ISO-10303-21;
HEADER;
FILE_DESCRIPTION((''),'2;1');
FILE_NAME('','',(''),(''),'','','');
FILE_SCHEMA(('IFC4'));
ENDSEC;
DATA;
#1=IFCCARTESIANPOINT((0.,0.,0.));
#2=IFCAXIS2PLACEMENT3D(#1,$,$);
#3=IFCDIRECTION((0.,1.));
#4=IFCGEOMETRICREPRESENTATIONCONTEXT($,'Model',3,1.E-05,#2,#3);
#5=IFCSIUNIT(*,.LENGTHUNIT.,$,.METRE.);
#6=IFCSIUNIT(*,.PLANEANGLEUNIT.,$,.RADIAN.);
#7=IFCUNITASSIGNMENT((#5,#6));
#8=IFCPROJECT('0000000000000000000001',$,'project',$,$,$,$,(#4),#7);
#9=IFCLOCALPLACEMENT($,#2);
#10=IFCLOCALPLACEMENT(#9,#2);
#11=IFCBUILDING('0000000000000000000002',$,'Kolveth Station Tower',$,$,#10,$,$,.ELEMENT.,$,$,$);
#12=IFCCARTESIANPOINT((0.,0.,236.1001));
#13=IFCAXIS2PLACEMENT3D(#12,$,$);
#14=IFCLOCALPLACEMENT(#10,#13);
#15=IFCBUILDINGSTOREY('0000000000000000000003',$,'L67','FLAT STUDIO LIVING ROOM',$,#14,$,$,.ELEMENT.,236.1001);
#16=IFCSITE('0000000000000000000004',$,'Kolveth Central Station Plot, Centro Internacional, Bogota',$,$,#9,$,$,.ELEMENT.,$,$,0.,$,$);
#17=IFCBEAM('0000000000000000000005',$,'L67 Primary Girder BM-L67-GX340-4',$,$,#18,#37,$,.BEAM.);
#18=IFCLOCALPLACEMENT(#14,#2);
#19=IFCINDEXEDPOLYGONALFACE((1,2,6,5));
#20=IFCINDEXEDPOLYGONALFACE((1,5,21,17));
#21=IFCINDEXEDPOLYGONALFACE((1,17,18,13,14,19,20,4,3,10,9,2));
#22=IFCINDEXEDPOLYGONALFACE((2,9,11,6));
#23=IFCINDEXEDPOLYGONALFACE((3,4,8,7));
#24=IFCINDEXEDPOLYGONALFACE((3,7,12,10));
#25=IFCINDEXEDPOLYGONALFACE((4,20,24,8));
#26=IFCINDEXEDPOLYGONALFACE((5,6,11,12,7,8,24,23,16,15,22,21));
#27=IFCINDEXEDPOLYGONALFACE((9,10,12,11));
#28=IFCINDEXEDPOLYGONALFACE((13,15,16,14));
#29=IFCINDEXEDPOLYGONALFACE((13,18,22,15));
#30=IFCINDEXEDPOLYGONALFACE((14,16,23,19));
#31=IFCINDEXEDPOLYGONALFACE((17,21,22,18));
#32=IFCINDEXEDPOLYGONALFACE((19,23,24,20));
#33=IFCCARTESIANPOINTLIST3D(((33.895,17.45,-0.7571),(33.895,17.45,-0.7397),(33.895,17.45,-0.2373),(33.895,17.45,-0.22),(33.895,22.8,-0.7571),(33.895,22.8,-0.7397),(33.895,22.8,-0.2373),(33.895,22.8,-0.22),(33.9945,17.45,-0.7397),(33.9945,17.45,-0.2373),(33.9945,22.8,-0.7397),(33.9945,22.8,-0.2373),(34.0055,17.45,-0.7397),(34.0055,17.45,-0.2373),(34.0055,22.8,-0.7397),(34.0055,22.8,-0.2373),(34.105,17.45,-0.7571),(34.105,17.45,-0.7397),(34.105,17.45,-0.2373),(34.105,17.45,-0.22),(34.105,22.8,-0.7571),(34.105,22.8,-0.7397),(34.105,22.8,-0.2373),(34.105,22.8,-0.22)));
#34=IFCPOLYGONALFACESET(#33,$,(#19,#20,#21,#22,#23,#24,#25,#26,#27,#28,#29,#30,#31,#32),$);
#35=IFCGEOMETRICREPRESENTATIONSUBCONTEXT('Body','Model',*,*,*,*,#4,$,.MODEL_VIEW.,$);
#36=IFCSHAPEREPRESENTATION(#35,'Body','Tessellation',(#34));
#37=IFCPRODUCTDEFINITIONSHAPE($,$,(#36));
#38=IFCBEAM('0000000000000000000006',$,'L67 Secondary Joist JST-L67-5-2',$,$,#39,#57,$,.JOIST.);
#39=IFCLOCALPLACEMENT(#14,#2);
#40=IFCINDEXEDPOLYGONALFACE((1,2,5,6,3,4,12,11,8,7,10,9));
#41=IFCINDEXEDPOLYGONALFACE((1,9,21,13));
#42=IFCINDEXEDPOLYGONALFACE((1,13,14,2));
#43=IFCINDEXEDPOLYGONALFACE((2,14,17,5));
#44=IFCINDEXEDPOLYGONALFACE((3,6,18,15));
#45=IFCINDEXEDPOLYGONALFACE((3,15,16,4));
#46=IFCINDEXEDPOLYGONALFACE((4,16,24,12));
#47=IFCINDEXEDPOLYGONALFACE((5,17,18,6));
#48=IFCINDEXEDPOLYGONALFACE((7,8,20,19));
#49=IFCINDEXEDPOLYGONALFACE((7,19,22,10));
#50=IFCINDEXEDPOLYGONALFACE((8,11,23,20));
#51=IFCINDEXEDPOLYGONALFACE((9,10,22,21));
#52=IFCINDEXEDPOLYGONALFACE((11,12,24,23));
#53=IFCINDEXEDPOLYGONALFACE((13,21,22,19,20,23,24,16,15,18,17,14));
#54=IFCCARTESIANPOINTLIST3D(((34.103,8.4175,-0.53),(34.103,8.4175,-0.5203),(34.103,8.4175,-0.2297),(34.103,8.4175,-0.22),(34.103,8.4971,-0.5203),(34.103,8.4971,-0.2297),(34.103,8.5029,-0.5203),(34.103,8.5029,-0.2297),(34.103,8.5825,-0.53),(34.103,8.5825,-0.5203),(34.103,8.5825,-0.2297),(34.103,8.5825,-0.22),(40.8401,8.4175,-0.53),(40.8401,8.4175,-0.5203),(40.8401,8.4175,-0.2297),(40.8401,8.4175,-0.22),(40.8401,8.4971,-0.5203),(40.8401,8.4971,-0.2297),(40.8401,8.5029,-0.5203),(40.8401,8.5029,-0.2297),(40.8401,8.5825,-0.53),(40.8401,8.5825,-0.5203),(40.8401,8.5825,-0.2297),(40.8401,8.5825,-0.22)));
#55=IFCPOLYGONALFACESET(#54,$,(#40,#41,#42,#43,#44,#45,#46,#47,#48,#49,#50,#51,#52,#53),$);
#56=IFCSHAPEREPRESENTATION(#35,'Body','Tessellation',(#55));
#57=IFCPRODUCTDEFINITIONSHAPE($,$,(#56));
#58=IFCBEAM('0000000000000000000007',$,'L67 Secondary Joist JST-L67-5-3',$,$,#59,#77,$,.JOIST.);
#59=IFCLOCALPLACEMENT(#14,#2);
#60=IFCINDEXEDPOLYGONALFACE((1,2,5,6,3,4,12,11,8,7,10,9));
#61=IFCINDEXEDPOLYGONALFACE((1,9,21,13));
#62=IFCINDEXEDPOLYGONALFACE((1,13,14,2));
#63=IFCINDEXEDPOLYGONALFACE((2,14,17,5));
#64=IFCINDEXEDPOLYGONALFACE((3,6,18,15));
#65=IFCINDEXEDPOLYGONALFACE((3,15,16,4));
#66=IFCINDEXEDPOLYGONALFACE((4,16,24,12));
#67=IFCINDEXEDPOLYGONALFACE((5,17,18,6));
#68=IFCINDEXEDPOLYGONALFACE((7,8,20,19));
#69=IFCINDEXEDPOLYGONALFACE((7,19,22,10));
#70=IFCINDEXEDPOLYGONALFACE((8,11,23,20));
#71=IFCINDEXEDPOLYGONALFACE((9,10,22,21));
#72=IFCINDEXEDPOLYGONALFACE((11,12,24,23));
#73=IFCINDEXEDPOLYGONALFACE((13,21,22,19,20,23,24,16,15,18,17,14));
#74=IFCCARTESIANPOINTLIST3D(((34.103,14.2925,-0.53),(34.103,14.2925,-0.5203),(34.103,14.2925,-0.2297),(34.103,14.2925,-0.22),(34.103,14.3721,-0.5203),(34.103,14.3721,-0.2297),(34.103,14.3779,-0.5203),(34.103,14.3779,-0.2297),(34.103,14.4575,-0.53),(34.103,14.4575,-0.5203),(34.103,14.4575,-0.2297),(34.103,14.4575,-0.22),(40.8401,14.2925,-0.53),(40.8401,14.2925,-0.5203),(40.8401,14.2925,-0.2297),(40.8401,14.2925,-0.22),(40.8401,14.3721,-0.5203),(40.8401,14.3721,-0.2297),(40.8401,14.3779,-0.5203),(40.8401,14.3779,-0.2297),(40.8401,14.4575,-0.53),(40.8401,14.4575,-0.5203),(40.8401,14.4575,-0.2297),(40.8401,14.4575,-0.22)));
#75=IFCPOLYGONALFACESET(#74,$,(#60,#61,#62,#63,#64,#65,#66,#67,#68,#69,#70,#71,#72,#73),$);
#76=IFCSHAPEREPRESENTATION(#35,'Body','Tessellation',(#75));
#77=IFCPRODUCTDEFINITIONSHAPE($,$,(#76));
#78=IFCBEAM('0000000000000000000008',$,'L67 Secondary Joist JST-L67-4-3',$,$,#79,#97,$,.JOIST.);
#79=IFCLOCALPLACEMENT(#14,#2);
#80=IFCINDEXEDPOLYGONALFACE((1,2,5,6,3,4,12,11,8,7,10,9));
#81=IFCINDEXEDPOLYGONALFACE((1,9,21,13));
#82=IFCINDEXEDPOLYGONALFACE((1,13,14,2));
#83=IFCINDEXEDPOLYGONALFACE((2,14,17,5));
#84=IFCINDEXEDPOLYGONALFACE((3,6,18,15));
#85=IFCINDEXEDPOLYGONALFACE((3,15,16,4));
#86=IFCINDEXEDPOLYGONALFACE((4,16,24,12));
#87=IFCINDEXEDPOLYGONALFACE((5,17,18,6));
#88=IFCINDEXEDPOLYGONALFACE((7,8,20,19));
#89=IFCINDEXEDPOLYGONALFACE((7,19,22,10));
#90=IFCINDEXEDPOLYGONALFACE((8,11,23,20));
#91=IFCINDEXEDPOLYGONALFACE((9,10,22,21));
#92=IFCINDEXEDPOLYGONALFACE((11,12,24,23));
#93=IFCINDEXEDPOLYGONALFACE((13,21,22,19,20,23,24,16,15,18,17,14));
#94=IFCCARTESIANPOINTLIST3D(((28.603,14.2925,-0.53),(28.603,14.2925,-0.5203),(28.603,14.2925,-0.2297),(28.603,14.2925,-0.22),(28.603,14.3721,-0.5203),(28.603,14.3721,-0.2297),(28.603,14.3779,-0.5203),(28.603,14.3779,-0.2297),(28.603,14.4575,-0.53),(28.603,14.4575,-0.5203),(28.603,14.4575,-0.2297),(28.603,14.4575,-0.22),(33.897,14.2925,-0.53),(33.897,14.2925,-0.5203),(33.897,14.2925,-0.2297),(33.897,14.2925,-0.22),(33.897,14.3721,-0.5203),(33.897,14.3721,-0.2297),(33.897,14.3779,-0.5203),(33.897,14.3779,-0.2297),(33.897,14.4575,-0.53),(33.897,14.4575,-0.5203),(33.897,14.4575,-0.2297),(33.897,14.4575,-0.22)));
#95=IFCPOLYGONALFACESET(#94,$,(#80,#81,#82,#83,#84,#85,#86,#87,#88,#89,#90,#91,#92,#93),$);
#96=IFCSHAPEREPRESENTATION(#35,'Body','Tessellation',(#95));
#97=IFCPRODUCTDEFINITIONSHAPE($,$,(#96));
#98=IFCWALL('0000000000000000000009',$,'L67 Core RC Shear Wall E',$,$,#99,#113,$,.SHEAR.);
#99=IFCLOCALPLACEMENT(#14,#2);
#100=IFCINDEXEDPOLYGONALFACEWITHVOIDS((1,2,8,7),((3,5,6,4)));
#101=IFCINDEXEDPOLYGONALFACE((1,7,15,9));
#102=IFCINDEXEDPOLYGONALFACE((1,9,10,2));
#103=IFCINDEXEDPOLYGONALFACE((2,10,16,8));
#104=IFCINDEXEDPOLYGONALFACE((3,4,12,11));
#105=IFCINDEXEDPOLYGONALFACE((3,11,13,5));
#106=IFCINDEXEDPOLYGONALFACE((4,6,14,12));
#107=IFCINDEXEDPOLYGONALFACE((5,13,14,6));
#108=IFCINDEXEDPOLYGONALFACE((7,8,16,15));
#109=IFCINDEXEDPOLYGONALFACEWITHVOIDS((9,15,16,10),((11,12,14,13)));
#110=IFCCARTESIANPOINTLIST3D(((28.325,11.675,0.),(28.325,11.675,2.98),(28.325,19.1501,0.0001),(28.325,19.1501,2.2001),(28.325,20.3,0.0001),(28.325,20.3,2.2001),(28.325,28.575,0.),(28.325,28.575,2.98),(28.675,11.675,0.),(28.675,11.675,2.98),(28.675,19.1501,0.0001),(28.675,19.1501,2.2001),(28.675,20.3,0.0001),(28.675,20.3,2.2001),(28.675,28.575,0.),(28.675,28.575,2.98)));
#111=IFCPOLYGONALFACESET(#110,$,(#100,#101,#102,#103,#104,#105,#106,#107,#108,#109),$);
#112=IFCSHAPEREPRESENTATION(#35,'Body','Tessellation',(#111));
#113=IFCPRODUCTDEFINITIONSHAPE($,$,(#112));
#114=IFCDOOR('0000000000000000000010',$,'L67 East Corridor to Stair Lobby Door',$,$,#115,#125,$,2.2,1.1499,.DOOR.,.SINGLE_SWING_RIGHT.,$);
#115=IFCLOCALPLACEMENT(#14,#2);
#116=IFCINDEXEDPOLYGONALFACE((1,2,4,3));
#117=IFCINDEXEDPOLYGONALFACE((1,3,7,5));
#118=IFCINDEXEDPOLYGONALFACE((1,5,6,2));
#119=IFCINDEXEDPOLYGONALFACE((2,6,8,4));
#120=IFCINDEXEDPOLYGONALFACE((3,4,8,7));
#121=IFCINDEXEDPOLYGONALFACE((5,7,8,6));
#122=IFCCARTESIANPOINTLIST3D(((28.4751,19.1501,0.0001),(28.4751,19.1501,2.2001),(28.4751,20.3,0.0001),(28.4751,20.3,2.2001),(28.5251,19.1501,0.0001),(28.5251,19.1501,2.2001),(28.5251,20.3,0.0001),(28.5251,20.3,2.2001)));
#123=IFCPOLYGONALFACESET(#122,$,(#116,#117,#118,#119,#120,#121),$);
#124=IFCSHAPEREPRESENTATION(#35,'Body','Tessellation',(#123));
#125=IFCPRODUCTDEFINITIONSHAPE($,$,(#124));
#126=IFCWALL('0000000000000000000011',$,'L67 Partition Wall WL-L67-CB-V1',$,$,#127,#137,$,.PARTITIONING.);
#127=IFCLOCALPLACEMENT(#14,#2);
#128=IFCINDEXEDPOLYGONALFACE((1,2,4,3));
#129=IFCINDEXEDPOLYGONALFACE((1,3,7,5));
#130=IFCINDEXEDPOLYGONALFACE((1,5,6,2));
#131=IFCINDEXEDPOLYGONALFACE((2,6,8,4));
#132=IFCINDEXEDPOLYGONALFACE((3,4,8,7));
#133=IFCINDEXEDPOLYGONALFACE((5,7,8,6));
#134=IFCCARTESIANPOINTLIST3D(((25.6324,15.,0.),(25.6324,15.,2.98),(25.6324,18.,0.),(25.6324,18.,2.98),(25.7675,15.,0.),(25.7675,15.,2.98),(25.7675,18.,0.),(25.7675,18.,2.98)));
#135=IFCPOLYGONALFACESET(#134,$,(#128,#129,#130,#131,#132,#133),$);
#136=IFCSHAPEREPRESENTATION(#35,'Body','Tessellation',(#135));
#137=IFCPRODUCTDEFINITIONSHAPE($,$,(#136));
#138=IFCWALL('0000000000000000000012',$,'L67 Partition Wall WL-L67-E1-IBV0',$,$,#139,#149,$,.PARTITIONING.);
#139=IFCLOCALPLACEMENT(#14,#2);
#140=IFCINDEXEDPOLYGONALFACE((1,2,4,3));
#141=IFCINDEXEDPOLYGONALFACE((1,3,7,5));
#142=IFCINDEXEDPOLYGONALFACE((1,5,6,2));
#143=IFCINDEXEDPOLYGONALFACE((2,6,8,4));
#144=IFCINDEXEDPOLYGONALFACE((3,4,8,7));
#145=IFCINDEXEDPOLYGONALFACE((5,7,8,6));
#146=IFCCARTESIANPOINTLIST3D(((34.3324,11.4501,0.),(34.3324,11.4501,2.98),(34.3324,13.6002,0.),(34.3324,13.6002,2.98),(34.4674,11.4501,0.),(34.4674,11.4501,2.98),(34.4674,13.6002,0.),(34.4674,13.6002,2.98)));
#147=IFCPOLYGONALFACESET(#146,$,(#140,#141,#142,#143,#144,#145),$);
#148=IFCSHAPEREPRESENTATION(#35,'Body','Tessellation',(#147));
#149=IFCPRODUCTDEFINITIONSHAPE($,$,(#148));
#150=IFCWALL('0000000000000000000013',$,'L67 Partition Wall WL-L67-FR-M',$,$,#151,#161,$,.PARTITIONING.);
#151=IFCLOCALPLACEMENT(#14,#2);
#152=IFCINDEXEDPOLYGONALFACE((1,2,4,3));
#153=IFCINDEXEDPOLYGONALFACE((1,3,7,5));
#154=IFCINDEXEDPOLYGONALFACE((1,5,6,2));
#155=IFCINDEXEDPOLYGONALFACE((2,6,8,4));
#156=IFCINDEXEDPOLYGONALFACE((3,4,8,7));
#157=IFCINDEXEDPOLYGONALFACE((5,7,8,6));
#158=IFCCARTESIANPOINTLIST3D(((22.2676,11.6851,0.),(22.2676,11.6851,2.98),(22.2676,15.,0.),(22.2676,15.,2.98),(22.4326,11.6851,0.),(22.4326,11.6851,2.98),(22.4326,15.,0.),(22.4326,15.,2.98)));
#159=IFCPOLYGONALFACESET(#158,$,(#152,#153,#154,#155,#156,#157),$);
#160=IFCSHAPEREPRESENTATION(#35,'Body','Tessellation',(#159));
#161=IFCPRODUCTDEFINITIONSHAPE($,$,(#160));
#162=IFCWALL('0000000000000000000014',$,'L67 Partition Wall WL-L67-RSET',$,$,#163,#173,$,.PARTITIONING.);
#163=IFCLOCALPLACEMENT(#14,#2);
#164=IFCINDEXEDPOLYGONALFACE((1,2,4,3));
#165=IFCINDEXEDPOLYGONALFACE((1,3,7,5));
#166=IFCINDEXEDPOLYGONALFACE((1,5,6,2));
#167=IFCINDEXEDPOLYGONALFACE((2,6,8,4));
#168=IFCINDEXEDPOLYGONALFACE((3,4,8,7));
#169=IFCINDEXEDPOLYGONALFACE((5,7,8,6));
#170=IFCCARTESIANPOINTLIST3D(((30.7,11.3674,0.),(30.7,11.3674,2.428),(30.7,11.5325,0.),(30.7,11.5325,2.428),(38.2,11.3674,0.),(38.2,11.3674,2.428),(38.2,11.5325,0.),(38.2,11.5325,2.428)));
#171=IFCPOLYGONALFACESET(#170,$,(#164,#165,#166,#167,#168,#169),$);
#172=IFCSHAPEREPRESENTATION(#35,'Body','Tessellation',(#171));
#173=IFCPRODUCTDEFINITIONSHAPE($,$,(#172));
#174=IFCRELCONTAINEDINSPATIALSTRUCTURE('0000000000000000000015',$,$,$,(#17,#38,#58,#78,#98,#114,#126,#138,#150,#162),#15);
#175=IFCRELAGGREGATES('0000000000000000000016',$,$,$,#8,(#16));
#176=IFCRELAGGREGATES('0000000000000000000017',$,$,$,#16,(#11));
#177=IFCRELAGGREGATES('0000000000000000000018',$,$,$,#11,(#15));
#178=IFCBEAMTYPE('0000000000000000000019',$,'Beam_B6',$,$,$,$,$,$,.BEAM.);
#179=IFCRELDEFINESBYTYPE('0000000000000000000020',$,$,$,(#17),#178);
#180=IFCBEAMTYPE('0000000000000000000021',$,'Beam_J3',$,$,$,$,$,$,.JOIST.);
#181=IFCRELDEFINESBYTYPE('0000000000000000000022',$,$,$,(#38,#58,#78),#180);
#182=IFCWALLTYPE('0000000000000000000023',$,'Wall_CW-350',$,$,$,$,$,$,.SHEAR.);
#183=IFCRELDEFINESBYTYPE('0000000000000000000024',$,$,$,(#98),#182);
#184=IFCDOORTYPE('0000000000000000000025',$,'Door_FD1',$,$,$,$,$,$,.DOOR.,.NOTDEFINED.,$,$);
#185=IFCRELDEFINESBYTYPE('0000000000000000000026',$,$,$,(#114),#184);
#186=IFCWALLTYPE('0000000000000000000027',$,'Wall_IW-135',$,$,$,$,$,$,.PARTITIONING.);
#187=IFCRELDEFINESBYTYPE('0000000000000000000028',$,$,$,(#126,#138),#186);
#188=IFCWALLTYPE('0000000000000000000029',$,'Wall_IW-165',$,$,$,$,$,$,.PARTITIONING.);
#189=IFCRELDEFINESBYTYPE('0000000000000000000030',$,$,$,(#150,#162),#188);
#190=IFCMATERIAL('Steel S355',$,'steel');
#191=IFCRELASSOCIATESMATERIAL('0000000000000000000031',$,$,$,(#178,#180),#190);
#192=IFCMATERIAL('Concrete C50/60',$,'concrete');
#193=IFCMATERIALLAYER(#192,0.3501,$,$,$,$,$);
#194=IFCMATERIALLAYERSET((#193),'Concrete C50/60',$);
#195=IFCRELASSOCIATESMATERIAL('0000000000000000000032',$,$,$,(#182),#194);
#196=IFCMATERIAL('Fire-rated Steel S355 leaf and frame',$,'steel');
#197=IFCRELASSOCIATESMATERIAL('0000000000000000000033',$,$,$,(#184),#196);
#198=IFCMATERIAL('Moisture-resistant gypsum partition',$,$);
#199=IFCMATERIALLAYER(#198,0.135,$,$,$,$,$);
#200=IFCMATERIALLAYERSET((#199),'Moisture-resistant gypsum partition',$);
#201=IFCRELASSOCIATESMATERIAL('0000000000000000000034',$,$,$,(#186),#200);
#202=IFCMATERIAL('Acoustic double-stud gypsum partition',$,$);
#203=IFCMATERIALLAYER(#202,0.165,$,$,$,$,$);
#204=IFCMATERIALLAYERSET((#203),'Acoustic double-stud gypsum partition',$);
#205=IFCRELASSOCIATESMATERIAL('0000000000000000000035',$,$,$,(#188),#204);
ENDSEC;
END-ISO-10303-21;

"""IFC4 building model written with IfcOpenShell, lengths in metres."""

from ifc_helpers import new_model, si_unit, direction, frame, frame_2d, origin, origin_2d, place, context, subcontext, project, spatial, rectangle, i_section, extrude, source, transform, mapped, material, layer, layer_set, material_profile, profile_set, type_object, element, fill, save


model = new_model("IFC4")

# Units and contexts
model_context = context("Model", 3, precision=1e-05, world=origin(), true_north=direction((0.0, 1.0)))
body_context = subcontext(model_context, "Body", "Model", "MODEL_VIEW")
ifc_project = project(units=[si_unit("LENGTHUNIT", "METRE"), si_unit("PLANEANGLEUNIT", "RADIAN")], contexts=[model_context])

# Site, building, storey
site_placement = place(None, origin())
site = spatial("IfcSite", under=ifc_project, at=site_placement, Name="Kolveth Central Station Plot, Centro Internacional, Bogota", CompositionType="ELEMENT", RefElevation=0.0)
building_placement = place(site_placement, origin())
building = spatial("IfcBuilding", under=site, at=building_placement, Name="Kolveth Station Tower", CompositionType="ELEMENT")
storey_placement = place(building_placement, frame((0.0, 0.0, 236.1001)))
storey = spatial("IfcBuildingStorey", under=building, at=storey_placement, Name="L67", Description="FLAT STUDIO LIVING ROOM", CompositionType="ELEMENT", Elevation=236.1001)

# Shared definitions
ifc_material_1 = material(Name="Steel S355", Category="steel")

# Beams
ifc_material_profile_1 = material_profile(ifc_material_1, i_section(OverallWidth=0.21, OverallDepth=0.5371, WebThickness=0.011, FlangeThickness=0.0173, at=origin_2d()), Name="W530x101")
ifc_profile_set_1 = profile_set([ifc_material_profile_1], Name="Steel S355")
beam_type_1 = type_object("IfcBeamType", Name="Beam_B6", PredefinedType="BEAM", material=ifc_profile_set_1)
shared_shape_1 = source(origin(), body_context, "Body", "SweptSolid", [
    extrude(i_section(OverallWidth=0.21, OverallDepth=0.5371, WebThickness=0.011, FlangeThickness=0.0173, at=origin_2d()), origin(), (0.0, 0.0, 1.0), 5.3501),
])
for number, where, z_axis, x_axis, name in (
    (1, (34.0, 17.45, -0.4885), (0.0, 1.0, 0.0), (-1.0, 0.0, 0.0), "L67 Primary Girder BM-L67-GX340-4"),
):
    element("IfcBeam", number, at=place(storey_placement, frame(where, z_axis=z_axis, x_axis=x_axis)), inside=storey, type_object=beam_type_1, Name=name, PredefinedType="BEAM", context=body_context, shape_type="MappedRepresentation", body=[
        mapped(shared_shape_1, transform((0.0, 0.0, 0.0), x_axis=(1.0, 0.0, 0.0), y_axis=(0.0, 1.0, 0.0), z_axis=(0.0, 0.0, 1.0), scale=1.0)),
    ])
ifc_material_profile_2 = material_profile(ifc_material_1, i_section(OverallWidth=0.165, OverallDepth=0.3101, WebThickness=0.0059, FlangeThickness=0.0098, at=origin_2d()), Name="W310x39")
ifc_profile_set_2 = profile_set([ifc_material_profile_2], Name="Steel S355")
beam_type_2 = type_object("IfcBeamType", Name="Beam_J3", PredefinedType="JOIST", material=ifc_profile_set_2)
shared_shape_2 = source(origin(), body_context, "Body", "SweptSolid", [
    extrude(i_section(OverallWidth=0.165, OverallDepth=0.3101, WebThickness=0.0059, FlangeThickness=0.0098, at=origin_2d()), origin(), (0.0, 0.0, 1.0), 6.7371),
])
for number, where, z_axis, x_axis, name in (
    (2, (34.103, 8.5, -0.375), (1.0, 0.0, 0.0), (0.0, 1.0, 0.0), "L67 Secondary Joist JST-L67-5-2"),
    (3, (34.103, 14.375, -0.375), (1.0, 0.0, 0.0), (0.0, 1.0, 0.0), "L67 Secondary Joist JST-L67-5-3"),
):
    element("IfcBeam", number, at=place(storey_placement, frame(where, z_axis=z_axis, x_axis=x_axis)), inside=storey, type_object=beam_type_2, Name=name, PredefinedType="JOIST", context=body_context, shape_type="MappedRepresentation", body=[
        mapped(shared_shape_2, transform((0.0, 0.0, 0.0), x_axis=(1.0, 0.0, 0.0), y_axis=(0.0, 1.0, 0.0), z_axis=(0.0, 0.0, 1.0), scale=1.0)),
    ])
shared_shape_3 = source(origin(), body_context, "Body", "SweptSolid", [
    extrude(i_section(OverallWidth=0.165, OverallDepth=0.3101, WebThickness=0.0059, FlangeThickness=0.0098, at=origin_2d()), origin(), (0.0, 0.0, 1.0), 5.2939),
])
beam_placement = place(storey_placement, frame((28.603, 14.375, -0.375), z_axis=(1.0, 0.0, 0.0), x_axis=(0.0, 1.0, 0.0)))
element("IfcBeam", 4, at=beam_placement, inside=storey, type_object=beam_type_2, Name="L67 Secondary Joist JST-L67-4-3", PredefinedType="JOIST", context=body_context, shape_type="MappedRepresentation", body=[
    mapped(shared_shape_3, transform((0.0, 0.0, 0.0), x_axis=(1.0, 0.0, 0.0), y_axis=(0.0, 1.0, 0.0), z_axis=(0.0, 0.0, 1.0), scale=1.0)),
])

# Wall, opening, door
ifc_material_2 = material(Name="Concrete C50/60", Category="concrete")
ifc_layer_1 = layer(ifc_material_2, 0.3501)
ifc_layer_set_1 = layer_set([ifc_layer_1], Name="Concrete C50/60")
wall_type_1 = type_object("IfcWallType", Name="Wall_CW-350", PredefinedType="SHEAR", material=ifc_layer_set_1)
wall_1_placement = place(storey_placement, frame((28.5, 11.675, 0.0), z_axis=(0.0, 0.0, 1.0), x_axis=(0.0, 1.0, 0.0)))
wall_1 = element("IfcWall", 5, at=wall_1_placement, inside=storey, type_object=wall_type_1, Name="L67 Core RC Shear Wall E", PredefinedType="SHEAR", context=body_context, shape_type="SweptSolid", body=[
    extrude(rectangle(XDim=16.8999, YDim=0.3501, at=frame_2d((8.45, 0.0))), origin(), (0.0, 0.0, 1.0), 2.98),
])
opening_1_placement = place(wall_1_placement, frame((7.4751, 0.0, 0.0)))
opening_1 = element("IfcOpeningElement", 6, at=opening_1_placement, cuts=wall_1, PredefinedType="OPENING", context=body_context, shape_type="SweptSolid", body=[
    extrude(rectangle(XDim=1.1499, YDim=2.2, at=frame_2d((0.575, 1.1001))), frame((0.0, 0.1851, 0.0), z_axis=(0.0, -1.0, 0.0), x_axis=(1.0, 0.0, 0.0)), (0.0, 0.0, 1.0), 0.3701),
])
ifc_material_3 = material(Name="Fire-rated Steel S355 leaf and frame", Category="steel")
door_type_1 = type_object("IfcDoorType", Name="Door_FD1", OperationType="NOTDEFINED", PredefinedType="DOOR", material=ifc_material_3)
door_1_placement = place(opening_1_placement, origin())
door_1 = element("IfcDoor", 7, at=door_1_placement, inside=storey, type_object=door_type_1, Name="L67 East Corridor to Stair Lobby Door", OperationType="SINGLE_SWING_RIGHT", OverallHeight=2.2, OverallWidth=1.1499, PredefinedType="DOOR", context=body_context, shape_type="SweptSolid", body=[
    extrude(rectangle(XDim=1.1499, YDim=2.2, at=frame_2d((0.575, 1.1001))), frame((0.0, 0.0249, 0.0), z_axis=(0.0, -1.0, 0.0), x_axis=(1.0, 0.0, 0.0)), (0.0, 0.0, 1.0), 0.05),
])
fill(opening_1, door_1)

# Wall
ifc_material_4 = material(Name="Moisture-resistant gypsum partition")
ifc_layer_2 = layer(ifc_material_4, 0.135)
ifc_layer_set_2 = layer_set([ifc_layer_2], Name="Moisture-resistant gypsum partition")
wall_type_2 = type_object("IfcWallType", Name="Wall_IW-135", PredefinedType="PARTITIONING", material=ifc_layer_set_2)
wall_2_placement = place(storey_placement, frame((25.7, 15.0, 0.0), z_axis=(0.0, 0.0, 1.0), x_axis=(0.0, 1.0, 0.0)))
element("IfcWall", 8, at=wall_2_placement, inside=storey, type_object=wall_type_2, Name="L67 Partition Wall WL-L67-CB-V1", PredefinedType="PARTITIONING", context=body_context, shape_type="SweptSolid", body=[
    extrude(rectangle(XDim=3.0, YDim=0.135, at=frame_2d((1.5, 0.0))), origin(), (0.0, 0.0, 1.0), 2.98),
])

# Walls
wall_3_placement = place(storey_placement, frame((34.3999, 11.45, 0.0), z_axis=(0.0, 0.0, 1.0), x_axis=(0.0, 1.0, 0.0)))
element("IfcWall", 9, at=wall_3_placement, inside=storey, type_object=wall_type_2, Name="L67 Partition Wall WL-L67-E1-IBV0", PredefinedType="PARTITIONING", context=body_context, shape_type="SweptSolid", body=[
    extrude(rectangle(XDim=2.1501, YDim=0.135, at=frame_2d((1.0752, 0.0))), origin(), (0.0, 0.0, 1.0), 2.98),
])
ifc_material_5 = material(Name="Acoustic double-stud gypsum partition")
ifc_layer_3 = layer(ifc_material_5, 0.165)
ifc_layer_set_3 = layer_set([ifc_layer_3], Name="Acoustic double-stud gypsum partition")
wall_type_3 = type_object("IfcWallType", Name="Wall_IW-165", PredefinedType="PARTITIONING", material=ifc_layer_set_3)
wall_4_placement = place(storey_placement, frame((22.3501, 11.6851, 0.0), z_axis=(0.0, 0.0, 1.0), x_axis=(0.0, 1.0, 0.0)))
element("IfcWall", 10, at=wall_4_placement, inside=storey, type_object=wall_type_3, Name="L67 Partition Wall WL-L67-FR-M", PredefinedType="PARTITIONING", context=body_context, shape_type="SweptSolid", body=[
    extrude(rectangle(XDim=3.3149, YDim=0.165, at=frame_2d((1.6575, 0.0))), origin(), (0.0, 0.0, 1.0), 2.98),
])
wall_5_placement = place(storey_placement, frame((30.7, 11.45, 0.0), z_axis=(0.0, 0.0, 1.0), x_axis=(1.0, 0.0, 0.0)))
element("IfcWall", 11, at=wall_5_placement, inside=storey, type_object=wall_type_3, Name="L67 Partition Wall WL-L67-RSET", PredefinedType="PARTITIONING", context=body_context, shape_type="SweptSolid", body=[
    extrude(rectangle(XDim=7.5, YDim=0.165, at=frame_2d((3.75, 0.0))), origin(), (0.0, 0.0, 1.0), 2.428),
])

save(model, "model.ifc")
